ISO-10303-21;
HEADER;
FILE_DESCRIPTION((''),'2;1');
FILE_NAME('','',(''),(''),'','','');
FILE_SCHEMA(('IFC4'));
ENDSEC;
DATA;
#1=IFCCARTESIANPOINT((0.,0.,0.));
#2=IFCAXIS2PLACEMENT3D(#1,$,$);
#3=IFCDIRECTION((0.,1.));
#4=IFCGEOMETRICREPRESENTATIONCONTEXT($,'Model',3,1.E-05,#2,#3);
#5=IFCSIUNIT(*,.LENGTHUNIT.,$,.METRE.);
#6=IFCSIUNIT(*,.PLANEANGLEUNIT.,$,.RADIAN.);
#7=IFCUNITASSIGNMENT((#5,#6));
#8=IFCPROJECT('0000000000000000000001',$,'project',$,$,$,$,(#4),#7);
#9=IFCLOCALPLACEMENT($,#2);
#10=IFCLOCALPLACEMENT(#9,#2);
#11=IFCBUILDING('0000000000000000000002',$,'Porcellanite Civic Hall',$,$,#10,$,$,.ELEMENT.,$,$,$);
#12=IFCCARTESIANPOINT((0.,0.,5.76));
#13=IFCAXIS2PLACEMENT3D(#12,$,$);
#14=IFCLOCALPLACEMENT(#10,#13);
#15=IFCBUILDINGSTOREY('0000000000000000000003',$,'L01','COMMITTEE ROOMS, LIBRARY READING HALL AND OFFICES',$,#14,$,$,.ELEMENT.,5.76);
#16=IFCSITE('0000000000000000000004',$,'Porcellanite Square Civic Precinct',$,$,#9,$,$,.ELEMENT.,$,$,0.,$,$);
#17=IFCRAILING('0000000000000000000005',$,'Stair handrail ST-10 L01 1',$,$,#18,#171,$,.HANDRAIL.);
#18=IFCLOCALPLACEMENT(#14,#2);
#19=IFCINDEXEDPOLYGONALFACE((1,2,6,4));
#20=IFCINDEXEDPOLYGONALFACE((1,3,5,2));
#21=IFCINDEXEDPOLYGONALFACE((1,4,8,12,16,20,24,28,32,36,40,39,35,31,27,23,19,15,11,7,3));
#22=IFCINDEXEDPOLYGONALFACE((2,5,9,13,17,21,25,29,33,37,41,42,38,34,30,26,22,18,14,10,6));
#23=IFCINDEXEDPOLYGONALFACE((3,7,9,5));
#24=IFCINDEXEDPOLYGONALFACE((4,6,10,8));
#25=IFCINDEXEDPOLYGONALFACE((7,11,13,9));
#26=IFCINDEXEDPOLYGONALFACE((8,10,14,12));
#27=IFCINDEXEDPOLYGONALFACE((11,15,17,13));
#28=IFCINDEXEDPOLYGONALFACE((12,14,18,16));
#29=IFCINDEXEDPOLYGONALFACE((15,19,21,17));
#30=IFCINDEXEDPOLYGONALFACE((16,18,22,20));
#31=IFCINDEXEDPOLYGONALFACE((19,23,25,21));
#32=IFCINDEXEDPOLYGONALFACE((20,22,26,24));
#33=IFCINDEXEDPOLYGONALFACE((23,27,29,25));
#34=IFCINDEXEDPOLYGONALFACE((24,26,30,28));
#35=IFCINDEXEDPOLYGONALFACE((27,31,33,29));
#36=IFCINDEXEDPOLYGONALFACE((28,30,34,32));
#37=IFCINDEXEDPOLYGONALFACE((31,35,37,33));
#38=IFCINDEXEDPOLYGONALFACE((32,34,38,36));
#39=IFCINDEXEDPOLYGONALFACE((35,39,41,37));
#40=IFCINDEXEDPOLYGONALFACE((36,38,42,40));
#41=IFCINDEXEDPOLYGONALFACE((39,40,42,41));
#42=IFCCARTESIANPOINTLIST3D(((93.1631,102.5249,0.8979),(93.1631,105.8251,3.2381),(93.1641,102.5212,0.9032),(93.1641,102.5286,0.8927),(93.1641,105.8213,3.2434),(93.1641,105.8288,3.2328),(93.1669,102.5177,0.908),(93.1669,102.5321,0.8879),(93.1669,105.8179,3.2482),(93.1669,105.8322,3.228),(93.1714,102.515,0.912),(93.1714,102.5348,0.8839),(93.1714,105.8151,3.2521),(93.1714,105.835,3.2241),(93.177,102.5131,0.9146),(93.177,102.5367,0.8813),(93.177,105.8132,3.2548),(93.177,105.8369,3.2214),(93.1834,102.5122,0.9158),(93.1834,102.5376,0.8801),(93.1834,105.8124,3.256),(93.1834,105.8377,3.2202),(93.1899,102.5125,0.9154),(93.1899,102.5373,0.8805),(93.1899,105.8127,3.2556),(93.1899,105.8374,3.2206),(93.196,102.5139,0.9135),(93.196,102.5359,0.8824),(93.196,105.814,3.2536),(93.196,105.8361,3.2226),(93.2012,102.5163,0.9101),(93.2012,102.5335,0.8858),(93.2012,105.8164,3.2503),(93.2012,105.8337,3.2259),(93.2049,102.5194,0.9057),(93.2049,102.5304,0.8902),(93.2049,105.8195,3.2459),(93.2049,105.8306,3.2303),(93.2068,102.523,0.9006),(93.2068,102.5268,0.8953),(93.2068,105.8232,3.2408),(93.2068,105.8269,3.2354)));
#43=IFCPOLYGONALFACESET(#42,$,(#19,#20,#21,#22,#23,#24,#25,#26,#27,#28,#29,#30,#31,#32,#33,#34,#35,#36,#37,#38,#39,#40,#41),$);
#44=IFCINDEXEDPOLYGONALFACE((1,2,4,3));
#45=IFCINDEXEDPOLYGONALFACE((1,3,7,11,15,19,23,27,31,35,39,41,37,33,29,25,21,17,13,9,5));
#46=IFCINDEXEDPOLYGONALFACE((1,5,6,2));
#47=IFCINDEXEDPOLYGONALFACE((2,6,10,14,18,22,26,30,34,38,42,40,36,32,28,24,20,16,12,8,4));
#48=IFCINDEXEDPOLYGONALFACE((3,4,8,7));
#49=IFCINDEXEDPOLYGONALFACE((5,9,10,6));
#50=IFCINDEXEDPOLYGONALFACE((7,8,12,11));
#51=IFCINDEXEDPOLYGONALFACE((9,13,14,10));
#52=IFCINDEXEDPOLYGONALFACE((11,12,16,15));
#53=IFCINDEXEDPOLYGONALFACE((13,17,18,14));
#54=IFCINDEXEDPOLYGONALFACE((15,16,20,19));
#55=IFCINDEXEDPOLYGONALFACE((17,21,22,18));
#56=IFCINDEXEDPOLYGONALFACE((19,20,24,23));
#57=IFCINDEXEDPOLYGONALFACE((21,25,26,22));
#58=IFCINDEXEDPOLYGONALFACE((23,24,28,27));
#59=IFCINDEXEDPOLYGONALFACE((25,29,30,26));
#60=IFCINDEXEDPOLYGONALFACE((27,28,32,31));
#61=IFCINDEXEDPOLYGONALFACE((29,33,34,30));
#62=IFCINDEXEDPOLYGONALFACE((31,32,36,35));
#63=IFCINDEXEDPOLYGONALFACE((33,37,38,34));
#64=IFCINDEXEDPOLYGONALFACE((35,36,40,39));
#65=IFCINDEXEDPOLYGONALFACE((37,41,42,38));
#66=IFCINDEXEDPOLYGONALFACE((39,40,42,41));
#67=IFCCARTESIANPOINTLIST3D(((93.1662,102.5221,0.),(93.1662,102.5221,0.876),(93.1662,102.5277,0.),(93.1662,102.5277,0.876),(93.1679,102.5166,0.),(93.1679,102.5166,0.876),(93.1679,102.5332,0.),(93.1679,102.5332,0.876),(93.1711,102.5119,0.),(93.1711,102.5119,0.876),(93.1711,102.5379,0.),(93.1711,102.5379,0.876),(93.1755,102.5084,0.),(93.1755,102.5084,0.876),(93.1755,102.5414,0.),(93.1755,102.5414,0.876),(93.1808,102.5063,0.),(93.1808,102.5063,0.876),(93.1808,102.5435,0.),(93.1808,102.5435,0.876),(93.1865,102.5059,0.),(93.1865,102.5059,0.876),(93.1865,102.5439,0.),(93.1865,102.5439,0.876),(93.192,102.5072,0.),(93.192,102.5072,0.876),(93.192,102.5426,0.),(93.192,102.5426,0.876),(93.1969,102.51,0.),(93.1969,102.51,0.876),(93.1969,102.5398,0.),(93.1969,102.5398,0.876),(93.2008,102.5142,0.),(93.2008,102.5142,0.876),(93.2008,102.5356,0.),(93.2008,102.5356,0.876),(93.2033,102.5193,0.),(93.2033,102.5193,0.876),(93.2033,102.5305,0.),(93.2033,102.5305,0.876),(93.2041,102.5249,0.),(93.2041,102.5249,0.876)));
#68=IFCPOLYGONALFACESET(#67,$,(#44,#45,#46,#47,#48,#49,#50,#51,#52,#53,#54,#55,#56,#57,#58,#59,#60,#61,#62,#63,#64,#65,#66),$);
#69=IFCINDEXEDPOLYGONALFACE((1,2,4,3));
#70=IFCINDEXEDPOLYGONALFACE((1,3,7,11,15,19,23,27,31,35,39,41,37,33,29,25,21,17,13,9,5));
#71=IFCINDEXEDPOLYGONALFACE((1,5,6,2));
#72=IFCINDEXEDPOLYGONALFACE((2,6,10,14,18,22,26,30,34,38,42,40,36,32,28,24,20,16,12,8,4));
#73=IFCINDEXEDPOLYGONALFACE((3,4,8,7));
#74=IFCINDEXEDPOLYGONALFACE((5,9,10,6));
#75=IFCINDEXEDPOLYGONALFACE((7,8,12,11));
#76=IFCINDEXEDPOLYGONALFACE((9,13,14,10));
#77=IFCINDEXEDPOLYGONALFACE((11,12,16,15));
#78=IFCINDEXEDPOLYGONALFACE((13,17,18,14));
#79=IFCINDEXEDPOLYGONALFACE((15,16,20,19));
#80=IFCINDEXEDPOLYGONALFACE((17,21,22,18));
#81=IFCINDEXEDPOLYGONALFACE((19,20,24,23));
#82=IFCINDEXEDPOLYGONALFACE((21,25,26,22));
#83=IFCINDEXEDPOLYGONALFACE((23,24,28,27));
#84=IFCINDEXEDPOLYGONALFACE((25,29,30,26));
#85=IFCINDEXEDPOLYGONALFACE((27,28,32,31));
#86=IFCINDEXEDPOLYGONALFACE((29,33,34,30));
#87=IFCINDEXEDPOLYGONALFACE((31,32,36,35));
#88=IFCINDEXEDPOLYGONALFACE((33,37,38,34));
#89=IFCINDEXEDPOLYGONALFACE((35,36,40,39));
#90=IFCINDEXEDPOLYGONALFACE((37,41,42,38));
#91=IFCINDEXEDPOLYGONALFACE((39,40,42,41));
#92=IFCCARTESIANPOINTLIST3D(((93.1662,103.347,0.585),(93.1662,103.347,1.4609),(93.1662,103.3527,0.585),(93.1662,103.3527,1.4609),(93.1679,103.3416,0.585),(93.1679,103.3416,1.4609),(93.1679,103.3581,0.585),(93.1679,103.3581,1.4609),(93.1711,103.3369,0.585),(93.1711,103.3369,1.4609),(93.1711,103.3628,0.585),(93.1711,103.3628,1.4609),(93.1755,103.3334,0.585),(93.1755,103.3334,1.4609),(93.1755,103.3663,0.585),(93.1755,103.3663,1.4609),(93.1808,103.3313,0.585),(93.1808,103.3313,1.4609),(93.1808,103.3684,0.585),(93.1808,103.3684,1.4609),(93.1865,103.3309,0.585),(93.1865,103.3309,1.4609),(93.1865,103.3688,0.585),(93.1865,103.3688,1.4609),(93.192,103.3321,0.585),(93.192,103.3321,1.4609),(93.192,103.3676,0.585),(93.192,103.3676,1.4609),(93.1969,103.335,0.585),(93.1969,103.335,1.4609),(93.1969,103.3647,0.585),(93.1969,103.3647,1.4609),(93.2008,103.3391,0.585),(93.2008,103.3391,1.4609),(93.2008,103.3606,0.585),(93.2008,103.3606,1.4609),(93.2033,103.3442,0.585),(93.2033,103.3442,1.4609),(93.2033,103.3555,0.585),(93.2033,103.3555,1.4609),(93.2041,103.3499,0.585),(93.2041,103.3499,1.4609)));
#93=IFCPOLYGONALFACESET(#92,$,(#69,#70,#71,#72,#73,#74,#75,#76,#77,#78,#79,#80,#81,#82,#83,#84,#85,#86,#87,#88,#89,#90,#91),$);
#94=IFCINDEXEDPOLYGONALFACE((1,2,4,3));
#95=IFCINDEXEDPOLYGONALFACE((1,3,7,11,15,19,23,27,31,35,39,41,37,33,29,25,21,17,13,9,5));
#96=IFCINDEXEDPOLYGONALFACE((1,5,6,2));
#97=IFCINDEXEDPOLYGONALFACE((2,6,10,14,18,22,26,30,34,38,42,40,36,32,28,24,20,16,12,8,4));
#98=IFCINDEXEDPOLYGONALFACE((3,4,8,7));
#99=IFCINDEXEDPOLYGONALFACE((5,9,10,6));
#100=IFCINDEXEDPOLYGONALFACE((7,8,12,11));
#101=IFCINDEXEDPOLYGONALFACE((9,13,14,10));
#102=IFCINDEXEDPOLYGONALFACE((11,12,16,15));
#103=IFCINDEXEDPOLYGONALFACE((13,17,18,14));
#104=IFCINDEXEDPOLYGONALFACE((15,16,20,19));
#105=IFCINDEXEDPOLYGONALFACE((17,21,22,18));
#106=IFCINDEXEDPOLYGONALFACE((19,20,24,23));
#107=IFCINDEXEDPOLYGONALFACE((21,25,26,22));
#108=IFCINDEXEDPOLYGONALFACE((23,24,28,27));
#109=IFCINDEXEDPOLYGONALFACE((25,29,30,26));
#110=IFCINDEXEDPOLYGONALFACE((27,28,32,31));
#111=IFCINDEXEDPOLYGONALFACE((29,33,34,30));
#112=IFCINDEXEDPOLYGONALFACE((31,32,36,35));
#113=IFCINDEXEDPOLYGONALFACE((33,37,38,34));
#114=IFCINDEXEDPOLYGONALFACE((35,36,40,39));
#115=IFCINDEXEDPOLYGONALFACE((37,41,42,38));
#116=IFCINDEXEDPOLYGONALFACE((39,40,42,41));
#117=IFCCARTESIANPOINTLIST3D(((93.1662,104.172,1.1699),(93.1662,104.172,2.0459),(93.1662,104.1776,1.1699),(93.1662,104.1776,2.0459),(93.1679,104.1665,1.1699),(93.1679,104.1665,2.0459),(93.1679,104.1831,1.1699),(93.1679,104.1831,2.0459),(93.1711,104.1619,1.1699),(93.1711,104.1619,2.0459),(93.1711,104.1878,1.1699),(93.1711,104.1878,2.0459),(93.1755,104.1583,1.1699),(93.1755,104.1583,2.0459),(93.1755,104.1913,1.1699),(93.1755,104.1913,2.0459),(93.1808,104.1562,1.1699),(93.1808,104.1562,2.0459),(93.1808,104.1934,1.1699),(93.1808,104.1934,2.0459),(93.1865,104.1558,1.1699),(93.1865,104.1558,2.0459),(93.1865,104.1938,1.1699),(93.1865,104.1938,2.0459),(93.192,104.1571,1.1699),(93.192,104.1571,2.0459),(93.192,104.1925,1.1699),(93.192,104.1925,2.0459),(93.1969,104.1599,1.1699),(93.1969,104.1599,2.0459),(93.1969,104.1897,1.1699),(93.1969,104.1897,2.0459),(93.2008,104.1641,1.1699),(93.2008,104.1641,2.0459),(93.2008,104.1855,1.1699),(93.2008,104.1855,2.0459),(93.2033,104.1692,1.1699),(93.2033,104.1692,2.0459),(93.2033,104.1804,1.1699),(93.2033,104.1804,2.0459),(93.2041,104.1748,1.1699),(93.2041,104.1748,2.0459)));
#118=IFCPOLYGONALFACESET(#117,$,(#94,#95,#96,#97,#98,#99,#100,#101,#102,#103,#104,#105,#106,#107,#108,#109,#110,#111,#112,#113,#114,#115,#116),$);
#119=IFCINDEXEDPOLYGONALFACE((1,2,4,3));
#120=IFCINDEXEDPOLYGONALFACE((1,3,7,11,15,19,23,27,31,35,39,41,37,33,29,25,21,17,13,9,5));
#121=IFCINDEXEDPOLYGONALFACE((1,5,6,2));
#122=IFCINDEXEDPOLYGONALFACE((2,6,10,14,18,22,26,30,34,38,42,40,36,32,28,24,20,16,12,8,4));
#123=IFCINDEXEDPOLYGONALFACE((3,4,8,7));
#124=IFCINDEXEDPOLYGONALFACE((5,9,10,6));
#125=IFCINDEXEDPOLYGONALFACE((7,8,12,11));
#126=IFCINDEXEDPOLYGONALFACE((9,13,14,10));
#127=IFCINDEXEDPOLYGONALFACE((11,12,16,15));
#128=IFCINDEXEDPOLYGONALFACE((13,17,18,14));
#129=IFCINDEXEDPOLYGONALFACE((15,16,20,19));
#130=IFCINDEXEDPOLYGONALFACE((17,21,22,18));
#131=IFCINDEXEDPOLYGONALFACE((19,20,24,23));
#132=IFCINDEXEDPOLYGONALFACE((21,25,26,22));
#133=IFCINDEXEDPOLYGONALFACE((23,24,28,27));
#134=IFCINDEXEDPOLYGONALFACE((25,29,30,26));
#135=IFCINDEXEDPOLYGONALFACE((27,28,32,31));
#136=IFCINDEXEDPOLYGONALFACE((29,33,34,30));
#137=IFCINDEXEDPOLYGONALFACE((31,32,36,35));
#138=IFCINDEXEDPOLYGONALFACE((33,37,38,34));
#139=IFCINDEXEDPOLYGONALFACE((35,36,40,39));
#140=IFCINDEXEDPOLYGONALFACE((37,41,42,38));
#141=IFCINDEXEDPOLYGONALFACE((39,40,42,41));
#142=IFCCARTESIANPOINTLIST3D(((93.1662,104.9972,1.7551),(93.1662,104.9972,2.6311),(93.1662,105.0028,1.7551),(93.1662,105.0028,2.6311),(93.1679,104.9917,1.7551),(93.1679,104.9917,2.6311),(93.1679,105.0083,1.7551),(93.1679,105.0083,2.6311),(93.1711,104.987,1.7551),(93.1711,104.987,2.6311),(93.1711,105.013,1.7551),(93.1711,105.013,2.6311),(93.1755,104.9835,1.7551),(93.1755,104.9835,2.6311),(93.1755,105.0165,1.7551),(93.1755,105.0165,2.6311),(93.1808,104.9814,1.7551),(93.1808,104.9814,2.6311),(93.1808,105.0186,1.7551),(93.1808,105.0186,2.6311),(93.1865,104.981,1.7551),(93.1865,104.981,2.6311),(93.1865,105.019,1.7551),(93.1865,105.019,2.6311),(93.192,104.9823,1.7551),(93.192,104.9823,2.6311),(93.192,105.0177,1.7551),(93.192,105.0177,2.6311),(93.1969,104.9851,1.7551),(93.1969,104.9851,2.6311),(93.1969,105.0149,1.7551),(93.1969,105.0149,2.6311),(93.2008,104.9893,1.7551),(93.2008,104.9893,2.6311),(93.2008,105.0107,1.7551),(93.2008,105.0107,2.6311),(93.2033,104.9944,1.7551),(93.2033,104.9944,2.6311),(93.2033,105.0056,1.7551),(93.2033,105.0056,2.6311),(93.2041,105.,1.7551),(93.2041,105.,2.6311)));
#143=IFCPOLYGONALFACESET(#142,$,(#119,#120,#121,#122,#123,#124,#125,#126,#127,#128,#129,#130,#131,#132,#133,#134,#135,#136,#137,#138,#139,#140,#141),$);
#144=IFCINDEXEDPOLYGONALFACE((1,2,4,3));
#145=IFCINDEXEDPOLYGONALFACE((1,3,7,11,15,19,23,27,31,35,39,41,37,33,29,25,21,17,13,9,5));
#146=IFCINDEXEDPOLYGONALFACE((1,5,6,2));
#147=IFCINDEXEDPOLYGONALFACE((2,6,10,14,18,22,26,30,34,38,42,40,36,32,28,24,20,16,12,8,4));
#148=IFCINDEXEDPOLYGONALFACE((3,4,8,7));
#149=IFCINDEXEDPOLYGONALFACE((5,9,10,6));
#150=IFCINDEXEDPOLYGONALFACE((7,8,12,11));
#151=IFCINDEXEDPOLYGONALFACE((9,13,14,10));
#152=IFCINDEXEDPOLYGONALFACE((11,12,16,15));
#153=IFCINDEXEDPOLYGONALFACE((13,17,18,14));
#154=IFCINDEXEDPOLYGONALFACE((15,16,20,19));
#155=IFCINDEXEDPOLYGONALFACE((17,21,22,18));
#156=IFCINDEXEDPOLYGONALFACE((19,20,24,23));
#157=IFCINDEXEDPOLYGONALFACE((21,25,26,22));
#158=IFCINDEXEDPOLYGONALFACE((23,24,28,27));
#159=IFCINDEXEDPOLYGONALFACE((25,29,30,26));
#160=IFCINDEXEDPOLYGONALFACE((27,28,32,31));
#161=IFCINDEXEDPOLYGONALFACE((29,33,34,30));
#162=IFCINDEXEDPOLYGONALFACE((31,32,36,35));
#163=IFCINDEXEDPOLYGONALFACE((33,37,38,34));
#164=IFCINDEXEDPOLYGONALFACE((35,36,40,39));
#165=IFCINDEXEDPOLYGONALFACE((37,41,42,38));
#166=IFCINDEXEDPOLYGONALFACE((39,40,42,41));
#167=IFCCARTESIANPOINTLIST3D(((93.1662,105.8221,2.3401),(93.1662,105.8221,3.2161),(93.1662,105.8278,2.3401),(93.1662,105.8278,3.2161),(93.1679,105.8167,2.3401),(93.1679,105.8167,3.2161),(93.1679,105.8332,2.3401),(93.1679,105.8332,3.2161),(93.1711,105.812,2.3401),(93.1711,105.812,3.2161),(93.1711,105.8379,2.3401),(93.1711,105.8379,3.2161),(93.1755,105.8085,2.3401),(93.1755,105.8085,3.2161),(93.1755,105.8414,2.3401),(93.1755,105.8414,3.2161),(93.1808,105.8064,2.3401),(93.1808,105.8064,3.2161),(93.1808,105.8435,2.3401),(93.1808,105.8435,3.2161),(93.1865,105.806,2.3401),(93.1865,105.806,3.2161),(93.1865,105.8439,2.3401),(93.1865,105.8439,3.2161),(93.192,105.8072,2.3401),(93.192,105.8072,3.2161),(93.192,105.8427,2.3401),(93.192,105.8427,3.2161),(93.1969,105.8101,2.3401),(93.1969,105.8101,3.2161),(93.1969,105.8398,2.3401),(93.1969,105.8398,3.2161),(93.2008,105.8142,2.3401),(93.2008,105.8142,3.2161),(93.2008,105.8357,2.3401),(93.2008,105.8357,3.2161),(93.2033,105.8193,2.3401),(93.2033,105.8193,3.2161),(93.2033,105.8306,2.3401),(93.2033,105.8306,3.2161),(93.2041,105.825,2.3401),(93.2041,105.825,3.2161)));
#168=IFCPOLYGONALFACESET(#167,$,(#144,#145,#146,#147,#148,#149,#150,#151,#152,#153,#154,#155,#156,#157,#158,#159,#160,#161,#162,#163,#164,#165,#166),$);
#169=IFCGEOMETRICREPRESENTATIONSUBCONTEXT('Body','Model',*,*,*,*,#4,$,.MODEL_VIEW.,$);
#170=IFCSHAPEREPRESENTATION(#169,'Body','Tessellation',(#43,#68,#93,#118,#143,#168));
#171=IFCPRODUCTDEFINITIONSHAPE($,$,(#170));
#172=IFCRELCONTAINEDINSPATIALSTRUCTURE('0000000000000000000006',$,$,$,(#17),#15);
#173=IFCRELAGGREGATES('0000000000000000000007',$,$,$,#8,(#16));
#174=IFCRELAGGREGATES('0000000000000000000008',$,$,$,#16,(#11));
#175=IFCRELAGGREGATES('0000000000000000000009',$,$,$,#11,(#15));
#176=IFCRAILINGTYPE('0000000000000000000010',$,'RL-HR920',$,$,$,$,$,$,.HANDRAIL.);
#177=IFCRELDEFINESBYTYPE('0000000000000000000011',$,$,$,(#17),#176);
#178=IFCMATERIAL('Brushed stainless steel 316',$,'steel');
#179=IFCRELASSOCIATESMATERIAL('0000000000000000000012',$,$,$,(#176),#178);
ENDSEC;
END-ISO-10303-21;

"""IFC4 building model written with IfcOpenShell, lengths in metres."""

from ifc_helpers import new_model, si_unit, direction, frame, origin, origin_2d, place, context, subcontext, project, spatial, circle, extrude, material, type_object, element, save


model = new_model("IFC4")

# Units and contexts
model_context = context("Model", 3, precision=1e-05, world=origin(), true_north=direction((0.0, 1.0)))
body_context = subcontext(model_context, "Body", "Model", "MODEL_VIEW")
ifc_project = project(units=[si_unit("LENGTHUNIT", "METRE"), si_unit("PLANEANGLEUNIT", "RADIAN")], contexts=[model_context])

# Site, building, storey
site_placement = place(None, origin())
site = spatial("IfcSite", under=ifc_project, at=site_placement, Name="Porcellanite Square Civic Precinct", CompositionType="ELEMENT", RefElevation=0.0)
building_placement = place(site_placement, origin())
building = spatial("IfcBuilding", under=site, at=building_placement, Name="Porcellanite Civic Hall", CompositionType="ELEMENT")
storey_placement = place(building_placement, frame((0.0, 0.0, 5.76)))
storey = spatial("IfcBuildingStorey", under=building, at=storey_placement, Name="L01", Description="COMMITTEE ROOMS, LIBRARY READING HALL AND OFFICES", CompositionType="ELEMENT", Elevation=5.76)

# Railing
ifc_material_1 = material(Name="Brushed stainless steel 316", Category="steel")
railing_type_1 = type_object("IfcRailingType", Name="RL-HR920", PredefinedType="HANDRAIL", material=ifc_material_1)
railing_1_placement = place(storey_placement, frame((93.1851, 102.5249, 0.0)))
element("IfcRailing", 1, at=railing_1_placement, inside=storey, type_object=railing_type_1, Name="Stair handrail ST-10 L01 1", PredefinedType="HANDRAIL", context=body_context, shape_type="SweptSolid", body=[
    extrude(circle(Radius=0.022, at=origin_2d()), frame((0.0, 0.0, 0.8979), z_axis=(0.0, 0.815727, 0.578438), x_axis=(-1.0, 0.0, 0.0)), (0.0, 0.0, 1.0), 4.0457),
    extrude(circle(Radius=0.019, at=origin_2d()), origin(), (0.0, 0.0, 1.0), 0.876),
    extrude(circle(Radius=0.019, at=origin_2d()), frame((0.0, 0.825, 0.585)), (0.0, 0.0, 1.0), 0.876),
    extrude(circle(Radius=0.019, at=origin_2d()), frame((0.0, 1.6499, 1.1699)), (0.0, 0.0, 1.0), 0.876),
    extrude(circle(Radius=0.019, at=origin_2d()), frame((0.0, 2.4751, 1.7551)), (0.0, 0.0, 1.0), 0.876),
    extrude(circle(Radius=0.019, at=origin_2d()), frame((0.0, 3.3, 2.3401)), (0.0, 0.0, 1.0), 0.876),
])

save(model, "model.ifc")
